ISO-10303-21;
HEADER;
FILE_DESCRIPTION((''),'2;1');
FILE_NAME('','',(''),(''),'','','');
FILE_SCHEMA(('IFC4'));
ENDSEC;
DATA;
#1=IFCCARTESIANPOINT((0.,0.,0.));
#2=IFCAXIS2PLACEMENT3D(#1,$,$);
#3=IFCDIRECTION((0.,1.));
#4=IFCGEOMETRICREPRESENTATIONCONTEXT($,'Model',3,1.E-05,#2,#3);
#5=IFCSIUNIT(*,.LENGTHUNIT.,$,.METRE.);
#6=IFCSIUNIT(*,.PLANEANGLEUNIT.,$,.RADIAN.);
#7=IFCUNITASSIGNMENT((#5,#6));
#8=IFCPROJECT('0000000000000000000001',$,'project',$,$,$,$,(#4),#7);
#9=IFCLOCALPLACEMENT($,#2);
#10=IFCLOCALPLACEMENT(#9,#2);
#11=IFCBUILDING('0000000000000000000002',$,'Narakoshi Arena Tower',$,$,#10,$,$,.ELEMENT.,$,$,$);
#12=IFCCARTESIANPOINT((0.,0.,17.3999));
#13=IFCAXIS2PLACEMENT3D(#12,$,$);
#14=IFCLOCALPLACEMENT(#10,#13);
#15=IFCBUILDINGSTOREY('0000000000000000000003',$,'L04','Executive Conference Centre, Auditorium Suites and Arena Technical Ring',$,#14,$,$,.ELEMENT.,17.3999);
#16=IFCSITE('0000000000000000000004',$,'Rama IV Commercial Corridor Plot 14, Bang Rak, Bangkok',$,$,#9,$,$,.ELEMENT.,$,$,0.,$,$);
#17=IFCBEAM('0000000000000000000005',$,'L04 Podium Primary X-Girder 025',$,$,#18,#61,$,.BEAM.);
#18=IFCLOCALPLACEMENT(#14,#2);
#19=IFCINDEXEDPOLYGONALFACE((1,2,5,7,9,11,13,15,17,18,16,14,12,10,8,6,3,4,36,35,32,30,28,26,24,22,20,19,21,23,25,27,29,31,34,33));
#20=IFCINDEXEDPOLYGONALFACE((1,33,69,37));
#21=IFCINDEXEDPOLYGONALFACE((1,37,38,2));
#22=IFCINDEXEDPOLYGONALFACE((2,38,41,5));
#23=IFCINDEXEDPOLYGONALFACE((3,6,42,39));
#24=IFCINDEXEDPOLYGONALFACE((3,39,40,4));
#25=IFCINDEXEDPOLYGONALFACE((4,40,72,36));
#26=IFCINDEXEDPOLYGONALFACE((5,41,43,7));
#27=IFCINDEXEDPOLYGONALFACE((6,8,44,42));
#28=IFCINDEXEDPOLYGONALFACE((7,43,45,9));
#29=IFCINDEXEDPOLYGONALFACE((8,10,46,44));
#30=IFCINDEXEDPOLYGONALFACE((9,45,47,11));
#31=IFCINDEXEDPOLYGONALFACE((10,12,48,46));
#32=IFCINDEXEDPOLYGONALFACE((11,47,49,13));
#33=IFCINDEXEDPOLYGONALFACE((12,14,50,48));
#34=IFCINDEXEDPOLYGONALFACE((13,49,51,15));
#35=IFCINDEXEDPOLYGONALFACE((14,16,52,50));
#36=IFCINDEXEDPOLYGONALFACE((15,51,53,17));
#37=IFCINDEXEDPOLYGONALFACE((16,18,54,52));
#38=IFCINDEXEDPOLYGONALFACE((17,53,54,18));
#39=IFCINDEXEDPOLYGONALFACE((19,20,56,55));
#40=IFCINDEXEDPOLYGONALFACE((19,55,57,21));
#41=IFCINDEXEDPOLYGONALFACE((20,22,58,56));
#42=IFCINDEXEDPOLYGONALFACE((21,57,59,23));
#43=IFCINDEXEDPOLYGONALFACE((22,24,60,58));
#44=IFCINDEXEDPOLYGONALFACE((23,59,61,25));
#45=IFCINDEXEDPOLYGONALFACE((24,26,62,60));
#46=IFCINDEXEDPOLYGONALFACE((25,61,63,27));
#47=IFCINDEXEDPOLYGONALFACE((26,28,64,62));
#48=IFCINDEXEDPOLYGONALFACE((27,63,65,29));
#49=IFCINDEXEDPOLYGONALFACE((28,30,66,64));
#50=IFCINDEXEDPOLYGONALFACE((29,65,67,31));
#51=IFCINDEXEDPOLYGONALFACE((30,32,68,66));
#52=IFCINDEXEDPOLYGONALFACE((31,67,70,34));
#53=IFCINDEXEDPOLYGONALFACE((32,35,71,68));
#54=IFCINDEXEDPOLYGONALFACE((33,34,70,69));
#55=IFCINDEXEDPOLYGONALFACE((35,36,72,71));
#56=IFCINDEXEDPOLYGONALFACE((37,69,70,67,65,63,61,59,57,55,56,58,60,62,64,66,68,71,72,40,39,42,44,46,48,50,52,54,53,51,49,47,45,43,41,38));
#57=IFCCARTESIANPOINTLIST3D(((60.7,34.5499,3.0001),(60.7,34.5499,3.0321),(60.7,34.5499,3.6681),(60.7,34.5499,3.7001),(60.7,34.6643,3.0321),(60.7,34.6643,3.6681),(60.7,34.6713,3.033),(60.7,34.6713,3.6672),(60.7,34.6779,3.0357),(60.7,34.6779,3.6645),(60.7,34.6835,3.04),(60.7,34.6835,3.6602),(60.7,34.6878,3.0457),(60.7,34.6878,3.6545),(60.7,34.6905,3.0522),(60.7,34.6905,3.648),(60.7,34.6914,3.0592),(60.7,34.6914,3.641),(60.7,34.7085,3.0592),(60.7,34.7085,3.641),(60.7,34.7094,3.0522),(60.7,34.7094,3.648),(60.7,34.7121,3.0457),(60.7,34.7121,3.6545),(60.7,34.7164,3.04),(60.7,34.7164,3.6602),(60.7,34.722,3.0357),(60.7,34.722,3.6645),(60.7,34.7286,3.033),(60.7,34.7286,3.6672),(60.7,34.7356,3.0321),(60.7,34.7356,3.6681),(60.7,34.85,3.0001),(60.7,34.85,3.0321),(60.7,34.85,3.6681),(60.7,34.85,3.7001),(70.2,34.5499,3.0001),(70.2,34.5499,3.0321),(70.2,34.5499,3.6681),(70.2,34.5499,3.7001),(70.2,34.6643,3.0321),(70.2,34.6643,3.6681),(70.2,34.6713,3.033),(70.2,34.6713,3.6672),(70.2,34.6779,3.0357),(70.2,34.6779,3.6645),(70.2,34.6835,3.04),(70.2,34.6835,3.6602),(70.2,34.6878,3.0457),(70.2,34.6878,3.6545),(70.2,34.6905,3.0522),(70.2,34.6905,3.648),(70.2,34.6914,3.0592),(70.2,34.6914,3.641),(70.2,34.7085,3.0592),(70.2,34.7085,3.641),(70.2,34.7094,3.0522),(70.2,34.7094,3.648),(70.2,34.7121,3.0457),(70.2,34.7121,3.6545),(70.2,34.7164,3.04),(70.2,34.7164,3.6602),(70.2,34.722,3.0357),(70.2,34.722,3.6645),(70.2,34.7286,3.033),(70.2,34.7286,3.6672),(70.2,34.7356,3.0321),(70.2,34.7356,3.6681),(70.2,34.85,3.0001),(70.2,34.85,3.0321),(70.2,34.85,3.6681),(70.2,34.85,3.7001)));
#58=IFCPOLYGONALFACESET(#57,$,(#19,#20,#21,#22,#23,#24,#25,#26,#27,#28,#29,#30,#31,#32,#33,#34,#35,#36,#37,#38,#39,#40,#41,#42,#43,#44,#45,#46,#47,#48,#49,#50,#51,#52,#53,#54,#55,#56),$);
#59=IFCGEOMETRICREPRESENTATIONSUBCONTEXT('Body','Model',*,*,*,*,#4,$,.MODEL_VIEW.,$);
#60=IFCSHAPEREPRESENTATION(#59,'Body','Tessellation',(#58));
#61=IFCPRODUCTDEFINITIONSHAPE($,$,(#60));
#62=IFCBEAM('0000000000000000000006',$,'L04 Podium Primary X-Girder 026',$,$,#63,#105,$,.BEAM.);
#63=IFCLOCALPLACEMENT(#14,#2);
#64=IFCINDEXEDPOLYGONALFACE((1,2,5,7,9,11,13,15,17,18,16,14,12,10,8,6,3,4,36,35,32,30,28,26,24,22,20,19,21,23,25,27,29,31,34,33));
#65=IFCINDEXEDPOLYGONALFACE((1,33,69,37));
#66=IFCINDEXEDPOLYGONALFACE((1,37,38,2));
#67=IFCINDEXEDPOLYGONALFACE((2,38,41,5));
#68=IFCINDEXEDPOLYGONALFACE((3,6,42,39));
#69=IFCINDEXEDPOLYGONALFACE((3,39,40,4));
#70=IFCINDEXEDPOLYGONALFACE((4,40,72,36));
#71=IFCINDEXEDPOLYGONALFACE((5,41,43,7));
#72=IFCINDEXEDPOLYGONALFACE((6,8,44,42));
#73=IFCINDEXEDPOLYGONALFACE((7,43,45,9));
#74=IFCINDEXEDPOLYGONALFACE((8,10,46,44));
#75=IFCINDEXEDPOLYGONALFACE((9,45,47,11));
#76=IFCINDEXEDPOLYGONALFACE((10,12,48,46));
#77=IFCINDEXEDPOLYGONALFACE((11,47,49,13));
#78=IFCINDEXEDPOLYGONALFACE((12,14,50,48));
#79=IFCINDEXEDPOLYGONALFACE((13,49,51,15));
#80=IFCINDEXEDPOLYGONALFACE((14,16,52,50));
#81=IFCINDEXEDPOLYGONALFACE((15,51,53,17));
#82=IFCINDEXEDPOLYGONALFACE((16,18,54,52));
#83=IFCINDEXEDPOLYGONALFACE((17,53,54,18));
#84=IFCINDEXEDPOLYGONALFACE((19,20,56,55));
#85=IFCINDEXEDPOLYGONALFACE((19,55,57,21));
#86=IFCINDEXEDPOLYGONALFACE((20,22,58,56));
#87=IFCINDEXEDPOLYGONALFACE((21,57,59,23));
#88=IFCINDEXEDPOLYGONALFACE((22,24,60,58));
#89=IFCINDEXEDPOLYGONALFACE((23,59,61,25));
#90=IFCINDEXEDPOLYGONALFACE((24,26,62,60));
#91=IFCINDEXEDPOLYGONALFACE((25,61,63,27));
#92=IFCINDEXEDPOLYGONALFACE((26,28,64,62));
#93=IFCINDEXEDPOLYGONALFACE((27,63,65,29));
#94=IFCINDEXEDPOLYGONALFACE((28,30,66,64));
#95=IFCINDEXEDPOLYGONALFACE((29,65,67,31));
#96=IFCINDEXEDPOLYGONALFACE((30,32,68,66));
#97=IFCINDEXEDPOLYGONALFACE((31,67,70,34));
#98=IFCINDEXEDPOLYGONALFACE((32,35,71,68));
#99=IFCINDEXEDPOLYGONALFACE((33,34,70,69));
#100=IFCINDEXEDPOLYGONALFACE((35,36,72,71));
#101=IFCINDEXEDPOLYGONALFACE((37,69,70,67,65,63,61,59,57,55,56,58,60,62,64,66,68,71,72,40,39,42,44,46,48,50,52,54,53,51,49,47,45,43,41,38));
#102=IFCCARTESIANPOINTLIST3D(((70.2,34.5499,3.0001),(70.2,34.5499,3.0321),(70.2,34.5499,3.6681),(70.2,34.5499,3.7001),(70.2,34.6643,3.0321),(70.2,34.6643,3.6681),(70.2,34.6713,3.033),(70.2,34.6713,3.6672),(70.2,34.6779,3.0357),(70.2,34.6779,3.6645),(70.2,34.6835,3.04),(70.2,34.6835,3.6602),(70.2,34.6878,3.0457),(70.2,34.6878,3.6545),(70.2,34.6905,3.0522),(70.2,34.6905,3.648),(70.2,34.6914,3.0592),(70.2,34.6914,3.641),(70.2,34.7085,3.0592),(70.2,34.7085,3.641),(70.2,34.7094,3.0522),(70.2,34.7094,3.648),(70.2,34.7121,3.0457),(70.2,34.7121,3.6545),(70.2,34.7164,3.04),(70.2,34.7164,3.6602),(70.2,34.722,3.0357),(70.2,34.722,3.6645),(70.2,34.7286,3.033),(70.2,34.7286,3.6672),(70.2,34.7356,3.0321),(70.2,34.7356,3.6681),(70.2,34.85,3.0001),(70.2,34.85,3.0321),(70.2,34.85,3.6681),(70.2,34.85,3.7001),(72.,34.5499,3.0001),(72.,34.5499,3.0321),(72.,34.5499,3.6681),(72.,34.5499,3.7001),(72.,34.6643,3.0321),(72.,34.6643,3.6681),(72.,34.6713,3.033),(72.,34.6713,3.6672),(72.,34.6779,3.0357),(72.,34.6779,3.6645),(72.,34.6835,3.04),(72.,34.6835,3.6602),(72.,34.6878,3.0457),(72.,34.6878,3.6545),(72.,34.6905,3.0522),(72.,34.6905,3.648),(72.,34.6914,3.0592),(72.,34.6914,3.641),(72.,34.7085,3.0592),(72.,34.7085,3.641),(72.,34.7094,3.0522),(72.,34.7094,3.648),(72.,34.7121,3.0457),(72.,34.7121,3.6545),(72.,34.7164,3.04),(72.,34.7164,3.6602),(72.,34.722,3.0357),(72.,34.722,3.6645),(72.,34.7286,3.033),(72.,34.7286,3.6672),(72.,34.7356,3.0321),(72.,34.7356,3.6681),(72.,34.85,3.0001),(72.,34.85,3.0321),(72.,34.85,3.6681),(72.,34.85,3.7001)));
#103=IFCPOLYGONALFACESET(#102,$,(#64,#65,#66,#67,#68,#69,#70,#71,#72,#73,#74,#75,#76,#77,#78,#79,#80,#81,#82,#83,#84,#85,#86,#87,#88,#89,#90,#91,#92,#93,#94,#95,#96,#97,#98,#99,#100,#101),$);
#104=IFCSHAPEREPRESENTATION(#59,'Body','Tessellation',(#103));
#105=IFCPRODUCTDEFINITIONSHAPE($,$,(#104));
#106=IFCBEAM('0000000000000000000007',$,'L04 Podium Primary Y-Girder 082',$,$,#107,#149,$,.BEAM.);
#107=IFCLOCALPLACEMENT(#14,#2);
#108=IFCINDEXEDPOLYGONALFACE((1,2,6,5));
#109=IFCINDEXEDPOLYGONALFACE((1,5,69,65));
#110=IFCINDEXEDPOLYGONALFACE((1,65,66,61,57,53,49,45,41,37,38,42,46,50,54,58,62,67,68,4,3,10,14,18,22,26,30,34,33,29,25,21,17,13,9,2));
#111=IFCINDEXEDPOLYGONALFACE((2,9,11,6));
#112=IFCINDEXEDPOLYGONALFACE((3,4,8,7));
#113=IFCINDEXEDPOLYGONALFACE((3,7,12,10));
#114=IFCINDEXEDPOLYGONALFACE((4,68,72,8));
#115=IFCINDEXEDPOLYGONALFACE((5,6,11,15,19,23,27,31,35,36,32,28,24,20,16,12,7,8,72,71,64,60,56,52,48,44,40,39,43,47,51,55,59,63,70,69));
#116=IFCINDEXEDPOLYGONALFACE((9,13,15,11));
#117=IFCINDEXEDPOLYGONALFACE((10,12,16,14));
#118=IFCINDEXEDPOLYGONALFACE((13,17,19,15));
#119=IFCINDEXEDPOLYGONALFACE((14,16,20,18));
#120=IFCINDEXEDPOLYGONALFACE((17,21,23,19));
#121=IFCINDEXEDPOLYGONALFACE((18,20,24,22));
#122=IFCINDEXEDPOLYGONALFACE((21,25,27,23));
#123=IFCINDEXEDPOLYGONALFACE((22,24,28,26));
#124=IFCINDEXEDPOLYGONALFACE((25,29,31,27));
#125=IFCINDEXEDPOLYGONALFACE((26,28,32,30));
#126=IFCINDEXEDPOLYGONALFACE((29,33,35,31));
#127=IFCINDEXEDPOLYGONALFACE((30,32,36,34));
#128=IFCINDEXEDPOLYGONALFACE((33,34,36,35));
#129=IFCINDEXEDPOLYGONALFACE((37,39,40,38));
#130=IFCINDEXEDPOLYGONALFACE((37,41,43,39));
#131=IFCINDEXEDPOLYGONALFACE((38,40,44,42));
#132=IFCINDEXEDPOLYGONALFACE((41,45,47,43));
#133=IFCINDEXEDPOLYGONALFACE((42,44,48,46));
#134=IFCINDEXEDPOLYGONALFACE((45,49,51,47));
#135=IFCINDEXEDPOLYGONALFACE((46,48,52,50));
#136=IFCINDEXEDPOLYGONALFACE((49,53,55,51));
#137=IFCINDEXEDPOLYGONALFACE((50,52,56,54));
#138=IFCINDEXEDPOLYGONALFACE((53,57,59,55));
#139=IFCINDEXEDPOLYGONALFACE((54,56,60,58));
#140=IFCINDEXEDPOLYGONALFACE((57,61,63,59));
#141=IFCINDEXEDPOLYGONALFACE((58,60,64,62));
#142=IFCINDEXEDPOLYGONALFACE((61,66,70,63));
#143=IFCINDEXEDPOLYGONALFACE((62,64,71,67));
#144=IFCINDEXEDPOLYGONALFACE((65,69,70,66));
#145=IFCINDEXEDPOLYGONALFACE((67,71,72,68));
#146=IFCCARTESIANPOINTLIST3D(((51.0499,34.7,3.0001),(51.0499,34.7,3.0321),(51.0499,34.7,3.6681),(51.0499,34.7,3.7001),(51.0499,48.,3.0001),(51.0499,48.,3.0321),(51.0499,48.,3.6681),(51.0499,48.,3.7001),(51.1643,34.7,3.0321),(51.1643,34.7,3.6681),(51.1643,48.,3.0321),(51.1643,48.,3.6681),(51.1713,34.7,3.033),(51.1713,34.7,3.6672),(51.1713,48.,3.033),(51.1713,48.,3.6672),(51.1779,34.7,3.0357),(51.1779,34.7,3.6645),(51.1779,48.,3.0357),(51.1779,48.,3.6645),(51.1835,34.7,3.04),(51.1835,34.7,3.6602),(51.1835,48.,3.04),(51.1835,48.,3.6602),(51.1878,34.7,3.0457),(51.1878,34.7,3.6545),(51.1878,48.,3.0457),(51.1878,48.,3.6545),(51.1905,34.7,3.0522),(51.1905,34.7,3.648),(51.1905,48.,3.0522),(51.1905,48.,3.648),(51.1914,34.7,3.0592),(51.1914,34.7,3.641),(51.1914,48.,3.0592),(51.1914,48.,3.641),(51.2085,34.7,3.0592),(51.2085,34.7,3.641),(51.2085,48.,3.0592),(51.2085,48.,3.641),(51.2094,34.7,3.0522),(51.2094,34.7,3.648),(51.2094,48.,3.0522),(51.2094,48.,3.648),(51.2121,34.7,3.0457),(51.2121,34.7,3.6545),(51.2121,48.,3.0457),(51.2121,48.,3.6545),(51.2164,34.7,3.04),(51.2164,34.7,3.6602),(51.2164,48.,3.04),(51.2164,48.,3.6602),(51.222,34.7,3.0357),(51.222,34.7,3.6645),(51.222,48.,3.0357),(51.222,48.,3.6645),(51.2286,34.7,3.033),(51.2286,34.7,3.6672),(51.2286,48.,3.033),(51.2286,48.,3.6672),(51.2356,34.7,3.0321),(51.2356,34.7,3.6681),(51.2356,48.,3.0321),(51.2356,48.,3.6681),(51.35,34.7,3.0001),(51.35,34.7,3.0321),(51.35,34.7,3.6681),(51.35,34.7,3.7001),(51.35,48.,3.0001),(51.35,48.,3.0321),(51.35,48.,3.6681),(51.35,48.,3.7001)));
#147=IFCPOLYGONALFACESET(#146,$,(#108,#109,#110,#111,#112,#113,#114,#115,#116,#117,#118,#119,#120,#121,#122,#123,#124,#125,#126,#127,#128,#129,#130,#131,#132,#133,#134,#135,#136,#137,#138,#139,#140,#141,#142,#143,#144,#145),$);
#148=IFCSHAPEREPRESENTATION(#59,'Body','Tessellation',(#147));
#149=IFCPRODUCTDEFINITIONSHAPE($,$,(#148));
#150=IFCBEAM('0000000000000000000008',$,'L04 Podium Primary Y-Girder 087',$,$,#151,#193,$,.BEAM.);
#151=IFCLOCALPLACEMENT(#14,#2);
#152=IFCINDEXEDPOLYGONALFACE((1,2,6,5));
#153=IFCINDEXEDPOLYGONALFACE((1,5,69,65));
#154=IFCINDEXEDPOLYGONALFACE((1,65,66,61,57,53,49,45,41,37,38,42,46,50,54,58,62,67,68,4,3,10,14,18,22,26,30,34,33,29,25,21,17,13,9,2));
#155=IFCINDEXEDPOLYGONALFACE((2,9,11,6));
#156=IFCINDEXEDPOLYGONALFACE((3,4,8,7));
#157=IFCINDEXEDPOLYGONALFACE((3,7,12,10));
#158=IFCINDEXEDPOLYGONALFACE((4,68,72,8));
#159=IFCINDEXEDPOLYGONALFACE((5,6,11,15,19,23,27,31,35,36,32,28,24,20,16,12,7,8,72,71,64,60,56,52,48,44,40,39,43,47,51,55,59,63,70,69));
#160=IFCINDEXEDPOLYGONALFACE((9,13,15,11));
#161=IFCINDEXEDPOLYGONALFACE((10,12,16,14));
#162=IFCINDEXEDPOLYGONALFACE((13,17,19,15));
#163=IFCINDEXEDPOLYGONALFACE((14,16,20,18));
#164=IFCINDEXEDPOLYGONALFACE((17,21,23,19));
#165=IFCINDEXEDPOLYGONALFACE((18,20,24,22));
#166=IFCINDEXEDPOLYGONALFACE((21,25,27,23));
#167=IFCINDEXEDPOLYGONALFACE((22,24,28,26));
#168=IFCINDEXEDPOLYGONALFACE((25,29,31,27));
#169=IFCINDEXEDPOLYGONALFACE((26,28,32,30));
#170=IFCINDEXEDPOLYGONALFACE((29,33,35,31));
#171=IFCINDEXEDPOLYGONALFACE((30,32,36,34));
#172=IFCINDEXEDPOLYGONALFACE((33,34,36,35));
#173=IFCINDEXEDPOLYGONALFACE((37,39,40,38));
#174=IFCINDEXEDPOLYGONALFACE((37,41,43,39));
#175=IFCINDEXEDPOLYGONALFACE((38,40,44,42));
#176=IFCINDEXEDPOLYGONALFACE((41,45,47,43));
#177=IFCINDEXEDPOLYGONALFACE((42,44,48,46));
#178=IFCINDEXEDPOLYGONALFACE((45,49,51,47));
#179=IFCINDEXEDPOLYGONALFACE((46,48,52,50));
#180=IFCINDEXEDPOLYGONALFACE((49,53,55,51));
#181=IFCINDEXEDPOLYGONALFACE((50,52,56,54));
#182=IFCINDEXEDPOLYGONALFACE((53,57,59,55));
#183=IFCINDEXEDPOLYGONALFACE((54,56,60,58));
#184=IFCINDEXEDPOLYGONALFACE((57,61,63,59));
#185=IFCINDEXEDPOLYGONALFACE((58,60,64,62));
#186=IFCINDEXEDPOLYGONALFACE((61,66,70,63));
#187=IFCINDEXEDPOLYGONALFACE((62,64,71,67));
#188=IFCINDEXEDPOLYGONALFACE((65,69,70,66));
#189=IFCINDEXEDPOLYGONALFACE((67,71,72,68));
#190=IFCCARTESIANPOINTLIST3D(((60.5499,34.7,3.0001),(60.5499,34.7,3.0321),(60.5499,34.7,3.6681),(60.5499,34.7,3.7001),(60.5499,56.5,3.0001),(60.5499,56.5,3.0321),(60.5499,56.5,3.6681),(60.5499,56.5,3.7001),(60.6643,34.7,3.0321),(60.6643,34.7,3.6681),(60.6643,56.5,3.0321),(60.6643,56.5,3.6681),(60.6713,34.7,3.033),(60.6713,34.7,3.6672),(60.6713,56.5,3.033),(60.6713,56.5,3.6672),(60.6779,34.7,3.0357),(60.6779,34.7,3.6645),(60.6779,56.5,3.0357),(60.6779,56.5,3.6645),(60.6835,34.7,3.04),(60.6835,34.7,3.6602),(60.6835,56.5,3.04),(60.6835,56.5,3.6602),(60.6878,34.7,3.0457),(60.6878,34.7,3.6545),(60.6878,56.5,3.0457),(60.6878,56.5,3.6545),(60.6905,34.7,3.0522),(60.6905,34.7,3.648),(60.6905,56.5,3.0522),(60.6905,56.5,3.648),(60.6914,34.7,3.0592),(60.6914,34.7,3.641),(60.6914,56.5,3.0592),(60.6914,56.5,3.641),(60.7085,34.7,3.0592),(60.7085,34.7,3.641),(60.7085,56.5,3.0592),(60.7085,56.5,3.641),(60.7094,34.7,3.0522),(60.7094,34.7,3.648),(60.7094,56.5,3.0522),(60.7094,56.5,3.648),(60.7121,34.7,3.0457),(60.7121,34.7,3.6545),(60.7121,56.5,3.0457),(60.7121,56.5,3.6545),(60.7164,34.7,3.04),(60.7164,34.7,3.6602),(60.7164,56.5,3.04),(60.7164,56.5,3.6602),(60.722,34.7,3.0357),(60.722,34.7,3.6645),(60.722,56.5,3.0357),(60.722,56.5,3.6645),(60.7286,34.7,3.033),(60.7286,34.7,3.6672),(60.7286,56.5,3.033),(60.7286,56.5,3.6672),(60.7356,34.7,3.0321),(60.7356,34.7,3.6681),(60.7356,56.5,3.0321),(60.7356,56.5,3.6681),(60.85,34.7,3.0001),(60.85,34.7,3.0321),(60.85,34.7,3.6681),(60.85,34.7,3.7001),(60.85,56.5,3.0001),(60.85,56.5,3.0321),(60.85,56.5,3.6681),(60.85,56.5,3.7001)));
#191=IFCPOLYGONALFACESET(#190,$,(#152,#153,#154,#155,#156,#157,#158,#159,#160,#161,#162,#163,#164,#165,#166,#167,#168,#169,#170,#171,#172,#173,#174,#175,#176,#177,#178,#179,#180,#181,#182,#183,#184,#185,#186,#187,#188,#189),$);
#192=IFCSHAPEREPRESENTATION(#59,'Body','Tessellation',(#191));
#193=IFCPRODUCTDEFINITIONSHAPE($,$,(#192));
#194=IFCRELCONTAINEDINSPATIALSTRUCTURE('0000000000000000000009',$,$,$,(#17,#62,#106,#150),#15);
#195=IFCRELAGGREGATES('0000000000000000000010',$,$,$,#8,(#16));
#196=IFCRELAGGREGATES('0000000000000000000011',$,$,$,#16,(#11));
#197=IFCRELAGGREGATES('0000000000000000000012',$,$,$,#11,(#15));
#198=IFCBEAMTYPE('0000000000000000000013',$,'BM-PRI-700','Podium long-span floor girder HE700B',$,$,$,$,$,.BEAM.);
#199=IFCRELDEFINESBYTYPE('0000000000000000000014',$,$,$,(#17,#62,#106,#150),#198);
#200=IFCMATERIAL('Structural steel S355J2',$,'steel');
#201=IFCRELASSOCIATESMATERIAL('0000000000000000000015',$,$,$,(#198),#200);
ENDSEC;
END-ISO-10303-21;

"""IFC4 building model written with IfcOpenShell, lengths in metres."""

from ifc_helpers import new_model, si_unit, direction, frame, origin, origin_2d, place, context, subcontext, project, spatial, i_section, extrude, material, material_profile, profile_set, type_object, element, save


model = new_model("IFC4")

# Units and contexts
model_context = context("Model", 3, precision=1e-05, world=origin(), true_north=direction((0.0, 1.0)))
body_context = subcontext(model_context, "Body", "Model", "MODEL_VIEW")
ifc_project = project(units=[si_unit("LENGTHUNIT", "METRE"), si_unit("PLANEANGLEUNIT", "RADIAN")], contexts=[model_context])

# Site, building, storey
site_placement = place(None, origin())
site = spatial("IfcSite", under=ifc_project, at=site_placement, Name="Rama IV Commercial Corridor Plot 14, Bang Rak, Bangkok", CompositionType="ELEMENT", RefElevation=0.0)
building_placement = place(site_placement, origin())
building = spatial("IfcBuilding", under=site, at=building_placement, Name="Narakoshi Arena Tower", CompositionType="ELEMENT")
storey_placement = place(building_placement, frame((0.0, 0.0, 17.3999)))
storey = spatial("IfcBuildingStorey", under=building, at=storey_placement, Name="L04", Description="Executive Conference Centre, Auditorium Suites and Arena Technical Ring", CompositionType="ELEMENT", Elevation=17.3999)

# Beams
ifc_material_1 = material(Name="Structural steel S355J2", Category="steel")
ifc_material_profile_1 = material_profile(ifc_material_1, i_section(OverallWidth=0.3, OverallDepth=0.7, WebThickness=0.0171, FlangeThickness=0.032, FilletRadius=0.0271, at=origin_2d()), Name="HE700B")
ifc_profile_set_1 = profile_set([ifc_material_profile_1], Name="Structural steel S355J2")
beam_type_1 = type_object("IfcBeamType", Name="BM-PRI-700", Description="Podium long-span floor girder HE700B", PredefinedType="BEAM", material=ifc_profile_set_1)
for number, where, z_axis, x_axis, name in (
    (1, (60.7, 34.7, 3.3501), (1.0, 0.0, 0.0), (0.0, 1.0, 0.0), "L04 Podium Primary X-Girder 025"),
):
    element("IfcBeam", number, at=place(storey_placement, frame(where, z_axis=z_axis, x_axis=x_axis)), inside=storey, type_object=beam_type_1, Name=name, PredefinedType="BEAM", context=body_context, shape_type="SweptSolid", body=[
        extrude(i_section(OverallWidth=0.3, OverallDepth=0.7, WebThickness=0.0171, FlangeThickness=0.032, FilletRadius=0.0271, at=origin_2d()), origin(), (0.0, 0.0, 1.0), 9.5),
    ])
beam_1_placement = place(storey_placement, frame((70.2, 34.7, 3.3501), z_axis=(1.0, 0.0, 0.0), x_axis=(0.0, 1.0, 0.0)))
element("IfcBeam", 2, at=beam_1_placement, inside=storey, type_object=beam_type_1, Name="L04 Podium Primary X-Girder 026", PredefinedType="BEAM", context=body_context, shape_type="SweptSolid", body=[
    extrude(i_section(OverallWidth=0.3, OverallDepth=0.7, WebThickness=0.0171, FlangeThickness=0.032, FilletRadius=0.0271, at=origin_2d()), origin(), (0.0, 0.0, 1.0), 1.8),
])
beam_2_placement = place(storey_placement, frame((51.2, 34.7, 3.3501), z_axis=(0.0, 1.0, 0.0), x_axis=(-1.0, 0.0, 0.0)))
element("IfcBeam", 3, at=beam_2_placement, inside=storey, type_object=beam_type_1, Name="L04 Podium Primary Y-Girder 082", PredefinedType="BEAM", context=body_context, shape_type="SweptSolid", body=[
    extrude(i_section(OverallWidth=0.3, OverallDepth=0.7, WebThickness=0.0171, FlangeThickness=0.032, FilletRadius=0.0271, at=origin_2d()), origin(), (0.0, 0.0, 1.0), 13.3),
])
beam_3_placement = place(storey_placement, frame((60.7, 34.7, 3.3501), z_axis=(0.0, 1.0, 0.0), x_axis=(-1.0, 0.0, 0.0)))
element("IfcBeam", 4, at=beam_3_placement, inside=storey, type_object=beam_type_1, Name="L04 Podium Primary Y-Girder 087", PredefinedType="BEAM", context=body_context, shape_type="SweptSolid", body=[
    extrude(i_section(OverallWidth=0.3, OverallDepth=0.7, WebThickness=0.0171, FlangeThickness=0.032, FilletRadius=0.0271, at=origin_2d()), origin(), (0.0, 0.0, 1.0), 21.8),
])

save(model, "model.ifc")
